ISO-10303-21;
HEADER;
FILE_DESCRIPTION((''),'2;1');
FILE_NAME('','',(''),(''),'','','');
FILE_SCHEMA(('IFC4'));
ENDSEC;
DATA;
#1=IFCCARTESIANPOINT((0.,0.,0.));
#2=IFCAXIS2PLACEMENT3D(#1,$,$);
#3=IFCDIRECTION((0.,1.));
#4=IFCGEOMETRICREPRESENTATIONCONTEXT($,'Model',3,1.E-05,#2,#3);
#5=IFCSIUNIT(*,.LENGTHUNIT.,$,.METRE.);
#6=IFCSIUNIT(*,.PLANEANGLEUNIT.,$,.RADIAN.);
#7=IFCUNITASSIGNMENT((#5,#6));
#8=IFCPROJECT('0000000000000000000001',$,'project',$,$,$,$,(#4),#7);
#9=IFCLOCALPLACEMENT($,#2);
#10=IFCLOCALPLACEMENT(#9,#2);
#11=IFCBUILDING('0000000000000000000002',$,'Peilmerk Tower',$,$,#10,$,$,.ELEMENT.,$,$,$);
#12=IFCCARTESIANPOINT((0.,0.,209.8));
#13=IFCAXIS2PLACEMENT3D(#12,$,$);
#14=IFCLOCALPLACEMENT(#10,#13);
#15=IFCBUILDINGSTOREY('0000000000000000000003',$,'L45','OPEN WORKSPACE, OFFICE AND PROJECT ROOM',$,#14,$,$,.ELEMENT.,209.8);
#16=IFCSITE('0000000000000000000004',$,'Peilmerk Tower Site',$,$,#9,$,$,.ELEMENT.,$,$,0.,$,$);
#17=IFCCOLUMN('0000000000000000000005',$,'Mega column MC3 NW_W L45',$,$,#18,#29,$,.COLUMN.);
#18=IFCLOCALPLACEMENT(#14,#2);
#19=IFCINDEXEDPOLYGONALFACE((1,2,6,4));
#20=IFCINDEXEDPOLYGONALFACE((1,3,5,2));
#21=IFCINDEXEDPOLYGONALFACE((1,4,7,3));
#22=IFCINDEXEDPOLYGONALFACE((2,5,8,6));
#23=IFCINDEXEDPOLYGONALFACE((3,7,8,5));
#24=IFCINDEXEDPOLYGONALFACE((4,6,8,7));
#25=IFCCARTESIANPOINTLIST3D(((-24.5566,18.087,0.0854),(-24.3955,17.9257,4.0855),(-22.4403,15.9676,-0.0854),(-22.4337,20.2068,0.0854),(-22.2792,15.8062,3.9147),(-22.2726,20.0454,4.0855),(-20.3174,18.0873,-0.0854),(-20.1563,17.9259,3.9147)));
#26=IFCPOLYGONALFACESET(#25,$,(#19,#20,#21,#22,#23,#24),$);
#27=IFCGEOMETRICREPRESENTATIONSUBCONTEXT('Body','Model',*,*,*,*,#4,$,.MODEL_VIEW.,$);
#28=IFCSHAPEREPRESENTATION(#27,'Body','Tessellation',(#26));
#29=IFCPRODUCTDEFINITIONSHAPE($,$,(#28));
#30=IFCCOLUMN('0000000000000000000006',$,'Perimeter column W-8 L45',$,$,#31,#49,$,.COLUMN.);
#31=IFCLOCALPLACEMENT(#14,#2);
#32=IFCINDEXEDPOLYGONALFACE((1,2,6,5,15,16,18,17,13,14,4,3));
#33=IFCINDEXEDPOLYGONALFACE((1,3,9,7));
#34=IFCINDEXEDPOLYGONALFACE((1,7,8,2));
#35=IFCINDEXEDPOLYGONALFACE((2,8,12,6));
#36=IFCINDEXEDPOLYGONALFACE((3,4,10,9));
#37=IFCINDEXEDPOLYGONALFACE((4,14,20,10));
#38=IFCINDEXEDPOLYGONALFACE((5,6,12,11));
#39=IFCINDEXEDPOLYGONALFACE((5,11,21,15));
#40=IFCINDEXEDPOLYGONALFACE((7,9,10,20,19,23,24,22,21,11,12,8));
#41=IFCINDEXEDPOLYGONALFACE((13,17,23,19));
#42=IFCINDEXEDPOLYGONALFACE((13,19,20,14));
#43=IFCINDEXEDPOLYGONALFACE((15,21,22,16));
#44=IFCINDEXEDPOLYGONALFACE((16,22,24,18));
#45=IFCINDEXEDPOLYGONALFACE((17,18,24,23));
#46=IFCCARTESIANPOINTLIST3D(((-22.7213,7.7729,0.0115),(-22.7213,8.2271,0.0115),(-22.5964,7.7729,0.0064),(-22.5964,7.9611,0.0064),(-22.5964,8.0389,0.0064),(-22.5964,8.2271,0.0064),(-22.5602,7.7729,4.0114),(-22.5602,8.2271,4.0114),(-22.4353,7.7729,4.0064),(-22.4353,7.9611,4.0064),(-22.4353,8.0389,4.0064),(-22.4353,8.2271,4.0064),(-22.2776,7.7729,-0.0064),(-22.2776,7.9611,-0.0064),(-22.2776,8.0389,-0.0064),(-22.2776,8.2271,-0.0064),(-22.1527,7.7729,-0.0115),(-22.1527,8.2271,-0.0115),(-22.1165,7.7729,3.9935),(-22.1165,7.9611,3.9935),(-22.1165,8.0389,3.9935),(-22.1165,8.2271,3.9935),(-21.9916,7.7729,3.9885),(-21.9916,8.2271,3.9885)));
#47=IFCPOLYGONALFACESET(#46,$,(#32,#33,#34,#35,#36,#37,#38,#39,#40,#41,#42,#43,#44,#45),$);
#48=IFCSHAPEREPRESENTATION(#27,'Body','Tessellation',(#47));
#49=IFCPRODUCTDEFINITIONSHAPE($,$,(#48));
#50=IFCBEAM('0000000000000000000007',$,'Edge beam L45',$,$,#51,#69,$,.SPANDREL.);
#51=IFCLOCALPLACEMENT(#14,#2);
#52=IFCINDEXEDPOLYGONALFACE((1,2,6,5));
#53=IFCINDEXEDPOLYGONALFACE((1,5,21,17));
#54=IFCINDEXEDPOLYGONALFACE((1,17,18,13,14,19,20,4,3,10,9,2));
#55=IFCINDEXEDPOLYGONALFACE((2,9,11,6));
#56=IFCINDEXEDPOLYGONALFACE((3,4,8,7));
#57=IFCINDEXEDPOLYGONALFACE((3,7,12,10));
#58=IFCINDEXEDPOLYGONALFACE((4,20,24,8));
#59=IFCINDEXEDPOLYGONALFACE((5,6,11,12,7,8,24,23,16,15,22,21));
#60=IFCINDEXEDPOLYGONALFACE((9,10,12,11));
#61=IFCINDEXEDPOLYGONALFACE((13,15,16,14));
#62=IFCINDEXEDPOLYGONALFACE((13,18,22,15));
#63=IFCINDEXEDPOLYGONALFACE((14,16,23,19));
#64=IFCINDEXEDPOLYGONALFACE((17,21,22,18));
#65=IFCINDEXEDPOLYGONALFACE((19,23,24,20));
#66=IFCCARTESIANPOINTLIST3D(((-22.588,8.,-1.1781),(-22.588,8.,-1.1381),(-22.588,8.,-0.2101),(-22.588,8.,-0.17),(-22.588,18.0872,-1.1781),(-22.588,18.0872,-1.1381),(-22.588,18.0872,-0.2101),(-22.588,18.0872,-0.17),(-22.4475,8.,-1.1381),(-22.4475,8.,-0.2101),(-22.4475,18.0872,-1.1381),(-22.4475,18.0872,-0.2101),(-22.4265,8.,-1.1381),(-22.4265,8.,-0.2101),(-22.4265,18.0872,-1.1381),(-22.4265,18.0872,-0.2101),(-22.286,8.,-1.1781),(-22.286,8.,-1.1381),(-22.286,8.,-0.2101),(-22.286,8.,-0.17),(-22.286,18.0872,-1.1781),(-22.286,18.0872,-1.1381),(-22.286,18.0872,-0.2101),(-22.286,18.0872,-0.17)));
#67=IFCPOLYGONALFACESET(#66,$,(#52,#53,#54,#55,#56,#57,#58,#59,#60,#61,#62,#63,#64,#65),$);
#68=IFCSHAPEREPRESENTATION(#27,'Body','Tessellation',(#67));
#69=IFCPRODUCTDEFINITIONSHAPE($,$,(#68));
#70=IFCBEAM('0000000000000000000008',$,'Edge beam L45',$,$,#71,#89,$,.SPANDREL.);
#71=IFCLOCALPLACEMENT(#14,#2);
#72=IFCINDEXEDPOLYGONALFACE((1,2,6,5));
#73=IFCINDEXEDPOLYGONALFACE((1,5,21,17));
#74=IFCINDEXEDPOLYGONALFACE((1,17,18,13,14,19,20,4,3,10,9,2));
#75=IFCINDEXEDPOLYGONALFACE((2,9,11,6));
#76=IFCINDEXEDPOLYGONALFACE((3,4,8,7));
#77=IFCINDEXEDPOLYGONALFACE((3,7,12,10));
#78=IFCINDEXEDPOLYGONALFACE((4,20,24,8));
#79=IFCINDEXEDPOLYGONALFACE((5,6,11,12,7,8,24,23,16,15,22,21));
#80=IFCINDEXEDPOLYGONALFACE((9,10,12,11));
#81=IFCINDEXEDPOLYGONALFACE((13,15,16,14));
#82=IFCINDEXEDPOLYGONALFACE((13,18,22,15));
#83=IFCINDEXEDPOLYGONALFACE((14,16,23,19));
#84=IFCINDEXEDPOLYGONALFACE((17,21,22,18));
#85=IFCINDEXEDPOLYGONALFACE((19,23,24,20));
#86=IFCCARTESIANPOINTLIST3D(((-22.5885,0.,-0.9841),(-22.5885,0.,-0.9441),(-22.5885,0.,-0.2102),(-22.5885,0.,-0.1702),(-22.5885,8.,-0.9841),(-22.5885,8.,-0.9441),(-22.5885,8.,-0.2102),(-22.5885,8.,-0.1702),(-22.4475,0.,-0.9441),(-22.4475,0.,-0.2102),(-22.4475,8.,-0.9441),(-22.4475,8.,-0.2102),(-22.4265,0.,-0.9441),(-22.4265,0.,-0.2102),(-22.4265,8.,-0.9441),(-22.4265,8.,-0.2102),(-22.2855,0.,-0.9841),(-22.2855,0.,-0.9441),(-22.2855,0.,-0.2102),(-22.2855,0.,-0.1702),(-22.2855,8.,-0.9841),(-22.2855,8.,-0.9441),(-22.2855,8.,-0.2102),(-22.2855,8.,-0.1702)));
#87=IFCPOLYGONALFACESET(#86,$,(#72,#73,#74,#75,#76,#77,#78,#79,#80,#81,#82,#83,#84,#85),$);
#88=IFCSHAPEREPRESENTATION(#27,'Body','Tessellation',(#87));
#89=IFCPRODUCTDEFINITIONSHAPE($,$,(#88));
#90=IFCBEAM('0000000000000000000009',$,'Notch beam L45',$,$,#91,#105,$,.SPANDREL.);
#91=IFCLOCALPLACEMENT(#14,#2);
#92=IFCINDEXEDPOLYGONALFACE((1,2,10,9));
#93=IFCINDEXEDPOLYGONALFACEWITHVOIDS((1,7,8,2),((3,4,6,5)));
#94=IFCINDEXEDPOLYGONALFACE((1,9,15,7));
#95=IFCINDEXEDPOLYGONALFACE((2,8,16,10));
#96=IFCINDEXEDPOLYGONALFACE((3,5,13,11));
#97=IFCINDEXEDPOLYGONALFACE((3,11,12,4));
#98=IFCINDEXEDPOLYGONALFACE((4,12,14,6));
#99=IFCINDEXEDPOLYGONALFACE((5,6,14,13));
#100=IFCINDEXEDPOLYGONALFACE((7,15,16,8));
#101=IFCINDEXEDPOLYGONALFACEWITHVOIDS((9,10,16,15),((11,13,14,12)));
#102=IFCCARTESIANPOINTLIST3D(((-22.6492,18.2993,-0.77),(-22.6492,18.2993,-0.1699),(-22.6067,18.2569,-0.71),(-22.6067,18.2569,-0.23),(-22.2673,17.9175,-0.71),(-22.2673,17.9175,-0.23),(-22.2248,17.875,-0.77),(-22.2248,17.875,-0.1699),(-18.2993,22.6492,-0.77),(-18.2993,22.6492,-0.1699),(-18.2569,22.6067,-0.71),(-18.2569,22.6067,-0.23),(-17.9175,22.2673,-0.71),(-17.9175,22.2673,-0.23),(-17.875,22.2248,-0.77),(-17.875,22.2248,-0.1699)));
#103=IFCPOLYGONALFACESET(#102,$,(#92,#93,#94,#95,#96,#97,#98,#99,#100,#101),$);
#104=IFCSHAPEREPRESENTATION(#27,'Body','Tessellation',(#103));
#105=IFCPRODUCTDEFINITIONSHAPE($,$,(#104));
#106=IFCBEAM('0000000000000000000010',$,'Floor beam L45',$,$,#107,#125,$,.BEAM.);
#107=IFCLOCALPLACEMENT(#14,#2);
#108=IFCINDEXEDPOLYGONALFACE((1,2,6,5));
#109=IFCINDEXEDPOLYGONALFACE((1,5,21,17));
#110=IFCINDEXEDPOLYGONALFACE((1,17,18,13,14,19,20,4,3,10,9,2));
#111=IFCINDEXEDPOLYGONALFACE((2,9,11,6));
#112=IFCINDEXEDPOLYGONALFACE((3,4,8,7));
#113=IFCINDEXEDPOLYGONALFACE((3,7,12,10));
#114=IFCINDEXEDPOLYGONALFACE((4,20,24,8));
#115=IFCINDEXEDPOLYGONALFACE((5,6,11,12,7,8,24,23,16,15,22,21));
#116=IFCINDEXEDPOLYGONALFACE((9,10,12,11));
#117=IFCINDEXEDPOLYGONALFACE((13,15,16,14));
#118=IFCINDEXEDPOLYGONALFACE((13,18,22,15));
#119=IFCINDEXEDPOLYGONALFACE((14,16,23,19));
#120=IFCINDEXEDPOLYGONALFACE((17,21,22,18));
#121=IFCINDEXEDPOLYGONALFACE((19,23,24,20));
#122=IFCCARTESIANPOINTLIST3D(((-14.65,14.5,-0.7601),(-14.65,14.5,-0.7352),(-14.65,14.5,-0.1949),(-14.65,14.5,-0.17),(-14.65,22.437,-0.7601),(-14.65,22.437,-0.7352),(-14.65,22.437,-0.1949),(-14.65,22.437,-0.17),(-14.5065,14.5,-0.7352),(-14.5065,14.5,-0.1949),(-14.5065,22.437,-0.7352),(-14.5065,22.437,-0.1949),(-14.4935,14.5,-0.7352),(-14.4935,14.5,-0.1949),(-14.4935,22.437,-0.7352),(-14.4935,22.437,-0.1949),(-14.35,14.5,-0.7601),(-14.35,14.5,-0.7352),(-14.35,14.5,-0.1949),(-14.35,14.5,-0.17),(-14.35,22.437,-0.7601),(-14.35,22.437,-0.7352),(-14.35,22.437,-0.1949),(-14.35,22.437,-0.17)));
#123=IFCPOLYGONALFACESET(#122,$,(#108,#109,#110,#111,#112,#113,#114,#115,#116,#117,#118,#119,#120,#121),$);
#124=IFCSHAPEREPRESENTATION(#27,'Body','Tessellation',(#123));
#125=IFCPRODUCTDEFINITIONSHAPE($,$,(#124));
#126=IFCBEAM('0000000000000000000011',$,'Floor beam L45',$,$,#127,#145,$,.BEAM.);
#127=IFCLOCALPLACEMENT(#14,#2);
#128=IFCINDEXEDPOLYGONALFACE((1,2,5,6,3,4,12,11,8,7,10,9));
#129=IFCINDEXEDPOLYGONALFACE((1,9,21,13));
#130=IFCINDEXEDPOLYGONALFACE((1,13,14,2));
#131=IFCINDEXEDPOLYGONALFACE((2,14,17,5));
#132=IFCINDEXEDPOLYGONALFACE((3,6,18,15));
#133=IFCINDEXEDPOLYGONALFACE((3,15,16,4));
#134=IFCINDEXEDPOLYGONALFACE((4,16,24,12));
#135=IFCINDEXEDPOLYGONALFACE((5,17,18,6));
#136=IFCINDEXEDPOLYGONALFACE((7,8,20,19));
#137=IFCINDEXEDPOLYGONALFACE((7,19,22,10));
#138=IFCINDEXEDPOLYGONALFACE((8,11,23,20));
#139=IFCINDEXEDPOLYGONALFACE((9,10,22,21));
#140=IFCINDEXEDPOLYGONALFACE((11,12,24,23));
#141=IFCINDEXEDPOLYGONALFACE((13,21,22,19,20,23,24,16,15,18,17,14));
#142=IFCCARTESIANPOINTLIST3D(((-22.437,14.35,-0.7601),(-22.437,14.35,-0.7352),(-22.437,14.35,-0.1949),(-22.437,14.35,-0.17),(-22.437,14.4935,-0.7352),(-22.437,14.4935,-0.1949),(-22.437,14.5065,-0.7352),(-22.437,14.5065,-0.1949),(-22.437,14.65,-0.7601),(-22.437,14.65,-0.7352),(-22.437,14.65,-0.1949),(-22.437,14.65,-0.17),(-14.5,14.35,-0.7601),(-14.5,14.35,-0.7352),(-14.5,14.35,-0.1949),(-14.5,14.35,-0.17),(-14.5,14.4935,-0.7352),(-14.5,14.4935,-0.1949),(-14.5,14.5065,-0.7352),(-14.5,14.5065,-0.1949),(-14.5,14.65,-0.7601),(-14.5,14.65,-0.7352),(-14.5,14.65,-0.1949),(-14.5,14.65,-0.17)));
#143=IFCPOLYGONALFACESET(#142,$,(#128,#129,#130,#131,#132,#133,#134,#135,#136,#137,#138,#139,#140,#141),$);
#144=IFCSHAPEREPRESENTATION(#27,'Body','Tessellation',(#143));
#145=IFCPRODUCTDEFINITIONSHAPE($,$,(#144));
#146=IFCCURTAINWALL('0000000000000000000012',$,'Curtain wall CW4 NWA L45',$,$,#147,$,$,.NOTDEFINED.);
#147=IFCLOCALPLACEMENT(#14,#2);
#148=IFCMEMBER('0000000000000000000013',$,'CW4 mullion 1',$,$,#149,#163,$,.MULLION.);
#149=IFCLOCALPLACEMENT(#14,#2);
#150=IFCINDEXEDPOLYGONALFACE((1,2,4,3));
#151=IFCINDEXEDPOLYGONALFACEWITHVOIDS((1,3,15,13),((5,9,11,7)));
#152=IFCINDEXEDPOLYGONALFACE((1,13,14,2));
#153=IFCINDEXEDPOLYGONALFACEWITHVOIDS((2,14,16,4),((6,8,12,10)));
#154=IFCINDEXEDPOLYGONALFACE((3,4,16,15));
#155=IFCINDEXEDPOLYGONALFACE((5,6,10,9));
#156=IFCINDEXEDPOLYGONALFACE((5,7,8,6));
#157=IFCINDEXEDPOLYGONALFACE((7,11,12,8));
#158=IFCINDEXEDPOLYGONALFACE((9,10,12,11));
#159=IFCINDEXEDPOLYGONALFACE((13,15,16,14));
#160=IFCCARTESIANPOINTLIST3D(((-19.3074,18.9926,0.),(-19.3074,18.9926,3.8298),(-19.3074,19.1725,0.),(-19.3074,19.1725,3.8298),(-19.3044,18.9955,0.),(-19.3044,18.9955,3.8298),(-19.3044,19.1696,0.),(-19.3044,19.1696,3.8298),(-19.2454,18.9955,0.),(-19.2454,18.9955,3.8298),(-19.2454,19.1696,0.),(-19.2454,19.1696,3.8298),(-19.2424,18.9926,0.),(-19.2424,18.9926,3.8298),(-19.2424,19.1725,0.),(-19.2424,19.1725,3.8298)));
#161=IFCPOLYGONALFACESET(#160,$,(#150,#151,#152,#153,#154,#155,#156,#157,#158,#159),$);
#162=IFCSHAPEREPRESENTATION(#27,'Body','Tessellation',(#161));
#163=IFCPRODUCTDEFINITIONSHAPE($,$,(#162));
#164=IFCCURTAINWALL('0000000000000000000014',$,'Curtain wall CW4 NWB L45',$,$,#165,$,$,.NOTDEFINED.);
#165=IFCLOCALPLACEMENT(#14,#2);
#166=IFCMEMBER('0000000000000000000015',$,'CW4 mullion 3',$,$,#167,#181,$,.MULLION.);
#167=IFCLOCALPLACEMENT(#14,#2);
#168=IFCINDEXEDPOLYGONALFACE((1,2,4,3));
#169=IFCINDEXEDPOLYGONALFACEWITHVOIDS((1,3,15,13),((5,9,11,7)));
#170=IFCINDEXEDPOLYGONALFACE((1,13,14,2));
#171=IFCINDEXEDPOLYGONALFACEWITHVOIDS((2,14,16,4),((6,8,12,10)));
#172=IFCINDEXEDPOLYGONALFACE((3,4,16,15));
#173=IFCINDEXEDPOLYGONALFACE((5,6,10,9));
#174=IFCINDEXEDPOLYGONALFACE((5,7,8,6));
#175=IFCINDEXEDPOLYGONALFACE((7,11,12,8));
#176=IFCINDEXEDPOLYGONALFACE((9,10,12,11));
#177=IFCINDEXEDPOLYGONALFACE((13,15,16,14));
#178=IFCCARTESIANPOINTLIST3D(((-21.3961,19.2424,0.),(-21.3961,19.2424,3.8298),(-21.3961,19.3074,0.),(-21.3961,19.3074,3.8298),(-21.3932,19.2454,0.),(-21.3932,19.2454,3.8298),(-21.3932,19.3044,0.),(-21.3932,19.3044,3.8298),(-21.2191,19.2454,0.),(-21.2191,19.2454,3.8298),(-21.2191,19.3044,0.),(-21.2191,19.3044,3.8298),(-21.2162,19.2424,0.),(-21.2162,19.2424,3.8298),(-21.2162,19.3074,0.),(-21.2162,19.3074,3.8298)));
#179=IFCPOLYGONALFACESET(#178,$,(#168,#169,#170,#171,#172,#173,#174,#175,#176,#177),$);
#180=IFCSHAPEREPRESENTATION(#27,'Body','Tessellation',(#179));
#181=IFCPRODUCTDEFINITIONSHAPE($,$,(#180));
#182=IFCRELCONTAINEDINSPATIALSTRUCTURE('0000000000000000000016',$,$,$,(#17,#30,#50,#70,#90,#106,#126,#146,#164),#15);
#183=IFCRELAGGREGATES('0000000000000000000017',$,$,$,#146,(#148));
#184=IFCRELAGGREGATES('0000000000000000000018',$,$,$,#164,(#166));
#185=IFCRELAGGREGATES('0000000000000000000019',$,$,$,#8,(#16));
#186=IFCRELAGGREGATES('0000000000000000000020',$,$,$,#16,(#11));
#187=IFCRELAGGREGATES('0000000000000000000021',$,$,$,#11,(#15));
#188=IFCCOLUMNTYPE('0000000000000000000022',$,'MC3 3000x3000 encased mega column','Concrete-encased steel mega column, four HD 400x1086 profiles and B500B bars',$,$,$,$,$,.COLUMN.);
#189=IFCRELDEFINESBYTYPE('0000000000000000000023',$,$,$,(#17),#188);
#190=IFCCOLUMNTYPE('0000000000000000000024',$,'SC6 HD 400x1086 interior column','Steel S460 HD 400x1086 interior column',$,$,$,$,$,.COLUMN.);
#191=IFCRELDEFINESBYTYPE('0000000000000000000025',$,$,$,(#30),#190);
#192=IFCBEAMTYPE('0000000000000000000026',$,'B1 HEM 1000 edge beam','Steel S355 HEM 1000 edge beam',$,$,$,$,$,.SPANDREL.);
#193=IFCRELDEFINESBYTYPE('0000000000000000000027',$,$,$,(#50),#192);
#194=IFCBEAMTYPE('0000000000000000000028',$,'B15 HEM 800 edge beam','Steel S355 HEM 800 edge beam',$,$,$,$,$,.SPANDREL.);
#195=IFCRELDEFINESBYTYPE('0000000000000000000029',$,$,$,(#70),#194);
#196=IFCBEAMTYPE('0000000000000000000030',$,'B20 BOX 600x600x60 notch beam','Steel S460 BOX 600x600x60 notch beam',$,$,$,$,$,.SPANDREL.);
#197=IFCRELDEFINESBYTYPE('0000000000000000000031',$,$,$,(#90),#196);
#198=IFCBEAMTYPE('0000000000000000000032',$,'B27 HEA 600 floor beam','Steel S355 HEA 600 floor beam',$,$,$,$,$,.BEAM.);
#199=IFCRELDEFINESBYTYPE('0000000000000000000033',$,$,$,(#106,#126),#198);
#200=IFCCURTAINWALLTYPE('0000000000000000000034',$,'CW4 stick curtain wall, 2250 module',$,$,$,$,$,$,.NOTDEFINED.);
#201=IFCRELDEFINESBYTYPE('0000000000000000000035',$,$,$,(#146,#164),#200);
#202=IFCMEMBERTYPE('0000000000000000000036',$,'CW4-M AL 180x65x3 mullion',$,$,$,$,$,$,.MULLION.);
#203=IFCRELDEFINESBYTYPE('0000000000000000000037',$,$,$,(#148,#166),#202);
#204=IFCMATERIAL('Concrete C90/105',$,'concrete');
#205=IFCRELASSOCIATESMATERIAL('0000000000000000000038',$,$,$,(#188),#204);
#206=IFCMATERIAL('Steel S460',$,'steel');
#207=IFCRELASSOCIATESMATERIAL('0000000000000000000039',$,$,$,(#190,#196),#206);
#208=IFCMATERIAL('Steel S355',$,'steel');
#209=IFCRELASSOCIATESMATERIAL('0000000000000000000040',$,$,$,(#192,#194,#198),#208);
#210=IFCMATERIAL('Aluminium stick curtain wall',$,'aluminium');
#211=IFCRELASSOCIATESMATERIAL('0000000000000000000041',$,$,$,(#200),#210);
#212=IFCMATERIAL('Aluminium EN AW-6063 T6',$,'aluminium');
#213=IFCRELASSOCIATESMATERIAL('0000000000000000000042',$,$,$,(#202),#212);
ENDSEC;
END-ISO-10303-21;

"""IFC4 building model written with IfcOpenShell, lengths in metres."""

from ifc_helpers import new_model, si_unit, direction, frame, origin, origin_2d, place, context, subcontext, project, spatial, rectangle, hollow_rectangle, i_section, extrude, material, material_profile, profile_set, type_object, element, aggregate, save


model = new_model("IFC4")

# Units and contexts
model_context = context("Model", 3, precision=1e-05, world=origin(), true_north=direction((0.0, 1.0)))
body_context = subcontext(model_context, "Body", "Model", "MODEL_VIEW")
ifc_project = project(units=[si_unit("LENGTHUNIT", "METRE"), si_unit("PLANEANGLEUNIT", "RADIAN")], contexts=[model_context])

# Site, building, storey
site_placement = place(None, origin())
site = spatial("IfcSite", under=ifc_project, at=site_placement, Name="Peilmerk Tower Site", CompositionType="ELEMENT", RefElevation=0.0)
building_placement = place(site_placement, origin())
building = spatial("IfcBuilding", under=site, at=building_placement, Name="Peilmerk Tower", CompositionType="ELEMENT")
storey_placement = place(building_placement, frame((0.0, 0.0, 209.8)))
storey = spatial("IfcBuildingStorey", under=building, at=storey_placement, Name="L45", Description="OPEN WORKSPACE, OFFICE AND PROJECT ROOM", CompositionType="ELEMENT", Elevation=209.8)

# Columns
ifc_material_1 = material(Name="Concrete C90/105", Category="concrete")
ifc_material_profile_1 = material_profile(ifc_material_1, rectangle(XDim=3.0, YDim=3.0, at=origin_2d()), Name="RC 3000x3000")
ifc_profile_set_1 = profile_set([ifc_material_profile_1], Name="Concrete C90/105")
column_type_1 = type_object("IfcColumnType", Name="MC3 3000x3000 encased mega column", Description="Concrete-encased steel mega column, four HD 400x1086 profiles and B500B bars", PredefinedType="COLUMN", material=ifc_profile_set_1)
column_1_placement = place(storey_placement, frame((-22.437, 18.0872, 0.0), z_axis=(0.040218, -0.040279, 0.998379), x_axis=(0.707642, 0.706571, 0.0)))
element("IfcColumn", 1, at=column_1_placement, inside=storey, type_object=column_type_1, Name="Mega column MC3 NW_W L45", PredefinedType="COLUMN", context=body_context, shape_type="SweptSolid", body=[
    extrude(rectangle(XDim=3.0, YDim=3.0, at=origin_2d()), origin(), (0.0, 0.0, 1.0), 4.0066),
])
ifc_material_2 = material(Name="Steel S460", Category="steel")
ifc_material_profile_2 = material_profile(ifc_material_2, i_section(OverallWidth=0.4541, OverallDepth=0.5691, WebThickness=0.0779, FlangeThickness=0.125, at=origin_2d()), Name="HD 400x1086")
ifc_profile_set_2 = profile_set([ifc_material_profile_2], Name="Steel S460")
column_type_2 = type_object("IfcColumnType", Name="SC6 HD 400x1086 interior column", Description="Steel S460 HD 400x1086 interior column", PredefinedType="COLUMN", material=ifc_profile_set_2)
column_2_placement = place(storey_placement, frame((-22.437, 8.0, 0.0), z_axis=(0.040251, 0.0, 0.99919), x_axis=(0.0, 1.0, 0.0)))
element("IfcColumn", 2, at=column_2_placement, inside=storey, type_object=column_type_2, Name="Perimeter column W-8 L45", PredefinedType="COLUMN", context=body_context, shape_type="SweptSolid", body=[
    extrude(i_section(OverallWidth=0.4541, OverallDepth=0.5691, WebThickness=0.0779, FlangeThickness=0.125, at=origin_2d()), origin(), (0.0, 0.0, 1.0), 4.0032),
])

# Beams
ifc_material_3 = material(Name="Steel S355", Category="steel")
ifc_material_profile_3 = material_profile(ifc_material_3, i_section(OverallWidth=0.302, OverallDepth=1.0081, WebThickness=0.021, FlangeThickness=0.04, at=origin_2d()), Name="HEM 1000")
ifc_profile_set_3 = profile_set([ifc_material_profile_3], Name="Steel S355")
beam_type_1 = type_object("IfcBeamType", Name="B1 HEM 1000 edge beam", Description="Steel S355 HEM 1000 edge beam", PredefinedType="SPANDREL", material=ifc_profile_set_3)
beam_1_placement = place(storey_placement, frame((-22.437, 18.0872, -0.6741), z_axis=(0.0, -1.0, 0.0), x_axis=(1.0, 0.0, 0.0)))
element("IfcBeam", 3, at=beam_1_placement, inside=storey, type_object=beam_type_1, Name="Edge beam L45", PredefinedType="SPANDREL", context=body_context, shape_type="SweptSolid", body=[
    extrude(i_section(OverallWidth=0.302, OverallDepth=1.0081, WebThickness=0.021, FlangeThickness=0.04, at=origin_2d()), origin(), (0.0, 0.0, 1.0), 10.0872),
])
ifc_material_profile_4 = material_profile(ifc_material_3, i_section(OverallWidth=0.303, OverallDepth=0.814, WebThickness=0.021, FlangeThickness=0.04, at=origin_2d()), Name="HEM 800")
ifc_profile_set_4 = profile_set([ifc_material_profile_4], Name="Steel S355")
beam_type_2 = type_object("IfcBeamType", Name="B15 HEM 800 edge beam", Description="Steel S355 HEM 800 edge beam", PredefinedType="SPANDREL", material=ifc_profile_set_4)
beam_2_placement = place(storey_placement, frame((-22.437, 8.0, -0.5771), z_axis=(0.0, -1.0, 0.0), x_axis=(1.0, 0.0, 0.0)))
element("IfcBeam", 4, at=beam_2_placement, inside=storey, type_object=beam_type_2, Name="Edge beam L45", PredefinedType="SPANDREL", context=body_context, shape_type="SweptSolid", body=[
    extrude(i_section(OverallWidth=0.303, OverallDepth=0.814, WebThickness=0.021, FlangeThickness=0.04, at=origin_2d()), origin(), (0.0, 0.0, 1.0), 8.0),
])
ifc_material_profile_5 = material_profile(ifc_material_2, hollow_rectangle(XDim=0.6001, YDim=0.6001, WallThickness=0.0601, at=origin_2d()), Name="BOX 600x600x60")
ifc_profile_set_5 = profile_set([ifc_material_profile_5], Name="Steel S460")
beam_type_3 = type_object("IfcBeamType", Name="B20 BOX 600x600x60 notch beam", Description="Steel S460 BOX 600x600x60 notch beam", PredefinedType="SPANDREL", material=ifc_profile_set_5)
beam_3_placement = place(storey_placement, frame((-22.437, 18.0872, -0.47), z_axis=(0.707107, 0.707107, 0.0), x_axis=(-0.707107, 0.707107, 0.0)))
element("IfcBeam", 5, at=beam_3_placement, inside=storey, type_object=beam_type_3, Name="Notch beam L45", PredefinedType="SPANDREL", context=body_context, shape_type="SweptSolid", body=[
    extrude(hollow_rectangle(XDim=0.6001, YDim=0.6001, WallThickness=0.0601, at=origin_2d()), origin(), (0.0, 0.0, 1.0), 6.1516),
])
ifc_material_profile_6 = material_profile(ifc_material_3, i_section(OverallWidth=0.3, OverallDepth=0.5901, WebThickness=0.0129, FlangeThickness=0.0249, at=origin_2d()), Name="HEA 600")
ifc_profile_set_6 = profile_set([ifc_material_profile_6], Name="Steel S355")
beam_type_4 = type_object("IfcBeamType", Name="B27 HEA 600 floor beam", Description="Steel S355 HEA 600 floor beam", PredefinedType="BEAM", material=ifc_profile_set_6)
for number, where, z_axis, x_axis, name in (
    (6, (-14.5, 14.5, -0.4651), (0.0, 1.0, 0.0), (-1.0, 0.0, 0.0), "Floor beam L45"),
    (7, (-14.5, 14.5, -0.4651), (-1.0, 0.0, 0.0), (0.0, -1.0, 0.0), "Floor beam L45"),
):
    element("IfcBeam", number, at=place(storey_placement, frame(where, z_axis=z_axis, x_axis=x_axis)), inside=storey, type_object=beam_type_4, Name=name, PredefinedType="BEAM", context=body_context, shape_type="SweptSolid", body=[
        extrude(i_section(OverallWidth=0.3, OverallDepth=0.5901, WebThickness=0.0129, FlangeThickness=0.0249, at=origin_2d()), origin(), (0.0, 0.0, 1.0), 7.937),
    ])

# Curtain walls, members
ifc_material_4 = material(Name="Aluminium stick curtain wall", Category="aluminium")
curtain_wall_type = type_object("IfcCurtainWallType", Name="CW4 stick curtain wall, 2250 module", PredefinedType="NOTDEFINED", material=ifc_material_4)
curtain_wall_1_placement = place(storey_placement, origin())
curtain_wall_1 = element("IfcCurtainWall", 8, at=curtain_wall_1_placement, inside=storey, type_object=curtain_wall_type, Name="Curtain wall CW4 NWA L45", PredefinedType="NOTDEFINED")
ifc_material_5 = material(Name="Aluminium EN AW-6063 T6", Category="aluminium")
ifc_material_profile_7 = material_profile(ifc_material_5, hollow_rectangle(XDim=0.0649, YDim=0.1799, WallThickness=0.0029, at=origin_2d()), Name="AL 180x65x3")
ifc_profile_set_7 = profile_set([ifc_material_profile_7], Name="Aluminium EN AW-6063 T6")
member_type_1 = type_object("IfcMemberType", Name="CW4-M AL 180x65x3 mullion", PredefinedType="MULLION", material=ifc_profile_set_7)
member_1_placement = place(storey_placement, frame((-19.2749, 19.0825, 0.0), z_axis=(0.0, 0.0, 1.0), x_axis=(-1.0, 0.0, 0.0)))
member_1 = element("IfcMember", 9, at=member_1_placement, type_object=member_type_1, Name="CW4 mullion 1", PredefinedType="MULLION", context=body_context, shape_type="SweptSolid", body=[
    extrude(hollow_rectangle(XDim=0.0649, YDim=0.1799, WallThickness=0.0029, at=origin_2d()), origin(), (0.0, 0.0, 1.0), 3.8298),
])
curtain_wall_2_placement = place(storey_placement, origin())
curtain_wall_2 = element("IfcCurtainWall", 10, at=curtain_wall_2_placement, inside=storey, type_object=curtain_wall_type, Name="Curtain wall CW4 NWB L45", PredefinedType="NOTDEFINED")
member_2_placement = place(storey_placement, frame((-21.3062, 19.2749, 0.0), z_axis=(0.0, 0.0, 1.0), x_axis=(0.0, -1.0, 0.0)))
member_2 = element("IfcMember", 11, at=member_2_placement, type_object=member_type_1, Name="CW4 mullion 3", PredefinedType="MULLION", context=body_context, shape_type="SweptSolid", body=[
    extrude(hollow_rectangle(XDim=0.0649, YDim=0.1799, WallThickness=0.0029, at=origin_2d()), origin(), (0.0, 0.0, 1.0), 3.8298),
])

aggregate(curtain_wall_1, [member_1])

aggregate(curtain_wall_2, [member_2])

save(model, "model.ifc")
